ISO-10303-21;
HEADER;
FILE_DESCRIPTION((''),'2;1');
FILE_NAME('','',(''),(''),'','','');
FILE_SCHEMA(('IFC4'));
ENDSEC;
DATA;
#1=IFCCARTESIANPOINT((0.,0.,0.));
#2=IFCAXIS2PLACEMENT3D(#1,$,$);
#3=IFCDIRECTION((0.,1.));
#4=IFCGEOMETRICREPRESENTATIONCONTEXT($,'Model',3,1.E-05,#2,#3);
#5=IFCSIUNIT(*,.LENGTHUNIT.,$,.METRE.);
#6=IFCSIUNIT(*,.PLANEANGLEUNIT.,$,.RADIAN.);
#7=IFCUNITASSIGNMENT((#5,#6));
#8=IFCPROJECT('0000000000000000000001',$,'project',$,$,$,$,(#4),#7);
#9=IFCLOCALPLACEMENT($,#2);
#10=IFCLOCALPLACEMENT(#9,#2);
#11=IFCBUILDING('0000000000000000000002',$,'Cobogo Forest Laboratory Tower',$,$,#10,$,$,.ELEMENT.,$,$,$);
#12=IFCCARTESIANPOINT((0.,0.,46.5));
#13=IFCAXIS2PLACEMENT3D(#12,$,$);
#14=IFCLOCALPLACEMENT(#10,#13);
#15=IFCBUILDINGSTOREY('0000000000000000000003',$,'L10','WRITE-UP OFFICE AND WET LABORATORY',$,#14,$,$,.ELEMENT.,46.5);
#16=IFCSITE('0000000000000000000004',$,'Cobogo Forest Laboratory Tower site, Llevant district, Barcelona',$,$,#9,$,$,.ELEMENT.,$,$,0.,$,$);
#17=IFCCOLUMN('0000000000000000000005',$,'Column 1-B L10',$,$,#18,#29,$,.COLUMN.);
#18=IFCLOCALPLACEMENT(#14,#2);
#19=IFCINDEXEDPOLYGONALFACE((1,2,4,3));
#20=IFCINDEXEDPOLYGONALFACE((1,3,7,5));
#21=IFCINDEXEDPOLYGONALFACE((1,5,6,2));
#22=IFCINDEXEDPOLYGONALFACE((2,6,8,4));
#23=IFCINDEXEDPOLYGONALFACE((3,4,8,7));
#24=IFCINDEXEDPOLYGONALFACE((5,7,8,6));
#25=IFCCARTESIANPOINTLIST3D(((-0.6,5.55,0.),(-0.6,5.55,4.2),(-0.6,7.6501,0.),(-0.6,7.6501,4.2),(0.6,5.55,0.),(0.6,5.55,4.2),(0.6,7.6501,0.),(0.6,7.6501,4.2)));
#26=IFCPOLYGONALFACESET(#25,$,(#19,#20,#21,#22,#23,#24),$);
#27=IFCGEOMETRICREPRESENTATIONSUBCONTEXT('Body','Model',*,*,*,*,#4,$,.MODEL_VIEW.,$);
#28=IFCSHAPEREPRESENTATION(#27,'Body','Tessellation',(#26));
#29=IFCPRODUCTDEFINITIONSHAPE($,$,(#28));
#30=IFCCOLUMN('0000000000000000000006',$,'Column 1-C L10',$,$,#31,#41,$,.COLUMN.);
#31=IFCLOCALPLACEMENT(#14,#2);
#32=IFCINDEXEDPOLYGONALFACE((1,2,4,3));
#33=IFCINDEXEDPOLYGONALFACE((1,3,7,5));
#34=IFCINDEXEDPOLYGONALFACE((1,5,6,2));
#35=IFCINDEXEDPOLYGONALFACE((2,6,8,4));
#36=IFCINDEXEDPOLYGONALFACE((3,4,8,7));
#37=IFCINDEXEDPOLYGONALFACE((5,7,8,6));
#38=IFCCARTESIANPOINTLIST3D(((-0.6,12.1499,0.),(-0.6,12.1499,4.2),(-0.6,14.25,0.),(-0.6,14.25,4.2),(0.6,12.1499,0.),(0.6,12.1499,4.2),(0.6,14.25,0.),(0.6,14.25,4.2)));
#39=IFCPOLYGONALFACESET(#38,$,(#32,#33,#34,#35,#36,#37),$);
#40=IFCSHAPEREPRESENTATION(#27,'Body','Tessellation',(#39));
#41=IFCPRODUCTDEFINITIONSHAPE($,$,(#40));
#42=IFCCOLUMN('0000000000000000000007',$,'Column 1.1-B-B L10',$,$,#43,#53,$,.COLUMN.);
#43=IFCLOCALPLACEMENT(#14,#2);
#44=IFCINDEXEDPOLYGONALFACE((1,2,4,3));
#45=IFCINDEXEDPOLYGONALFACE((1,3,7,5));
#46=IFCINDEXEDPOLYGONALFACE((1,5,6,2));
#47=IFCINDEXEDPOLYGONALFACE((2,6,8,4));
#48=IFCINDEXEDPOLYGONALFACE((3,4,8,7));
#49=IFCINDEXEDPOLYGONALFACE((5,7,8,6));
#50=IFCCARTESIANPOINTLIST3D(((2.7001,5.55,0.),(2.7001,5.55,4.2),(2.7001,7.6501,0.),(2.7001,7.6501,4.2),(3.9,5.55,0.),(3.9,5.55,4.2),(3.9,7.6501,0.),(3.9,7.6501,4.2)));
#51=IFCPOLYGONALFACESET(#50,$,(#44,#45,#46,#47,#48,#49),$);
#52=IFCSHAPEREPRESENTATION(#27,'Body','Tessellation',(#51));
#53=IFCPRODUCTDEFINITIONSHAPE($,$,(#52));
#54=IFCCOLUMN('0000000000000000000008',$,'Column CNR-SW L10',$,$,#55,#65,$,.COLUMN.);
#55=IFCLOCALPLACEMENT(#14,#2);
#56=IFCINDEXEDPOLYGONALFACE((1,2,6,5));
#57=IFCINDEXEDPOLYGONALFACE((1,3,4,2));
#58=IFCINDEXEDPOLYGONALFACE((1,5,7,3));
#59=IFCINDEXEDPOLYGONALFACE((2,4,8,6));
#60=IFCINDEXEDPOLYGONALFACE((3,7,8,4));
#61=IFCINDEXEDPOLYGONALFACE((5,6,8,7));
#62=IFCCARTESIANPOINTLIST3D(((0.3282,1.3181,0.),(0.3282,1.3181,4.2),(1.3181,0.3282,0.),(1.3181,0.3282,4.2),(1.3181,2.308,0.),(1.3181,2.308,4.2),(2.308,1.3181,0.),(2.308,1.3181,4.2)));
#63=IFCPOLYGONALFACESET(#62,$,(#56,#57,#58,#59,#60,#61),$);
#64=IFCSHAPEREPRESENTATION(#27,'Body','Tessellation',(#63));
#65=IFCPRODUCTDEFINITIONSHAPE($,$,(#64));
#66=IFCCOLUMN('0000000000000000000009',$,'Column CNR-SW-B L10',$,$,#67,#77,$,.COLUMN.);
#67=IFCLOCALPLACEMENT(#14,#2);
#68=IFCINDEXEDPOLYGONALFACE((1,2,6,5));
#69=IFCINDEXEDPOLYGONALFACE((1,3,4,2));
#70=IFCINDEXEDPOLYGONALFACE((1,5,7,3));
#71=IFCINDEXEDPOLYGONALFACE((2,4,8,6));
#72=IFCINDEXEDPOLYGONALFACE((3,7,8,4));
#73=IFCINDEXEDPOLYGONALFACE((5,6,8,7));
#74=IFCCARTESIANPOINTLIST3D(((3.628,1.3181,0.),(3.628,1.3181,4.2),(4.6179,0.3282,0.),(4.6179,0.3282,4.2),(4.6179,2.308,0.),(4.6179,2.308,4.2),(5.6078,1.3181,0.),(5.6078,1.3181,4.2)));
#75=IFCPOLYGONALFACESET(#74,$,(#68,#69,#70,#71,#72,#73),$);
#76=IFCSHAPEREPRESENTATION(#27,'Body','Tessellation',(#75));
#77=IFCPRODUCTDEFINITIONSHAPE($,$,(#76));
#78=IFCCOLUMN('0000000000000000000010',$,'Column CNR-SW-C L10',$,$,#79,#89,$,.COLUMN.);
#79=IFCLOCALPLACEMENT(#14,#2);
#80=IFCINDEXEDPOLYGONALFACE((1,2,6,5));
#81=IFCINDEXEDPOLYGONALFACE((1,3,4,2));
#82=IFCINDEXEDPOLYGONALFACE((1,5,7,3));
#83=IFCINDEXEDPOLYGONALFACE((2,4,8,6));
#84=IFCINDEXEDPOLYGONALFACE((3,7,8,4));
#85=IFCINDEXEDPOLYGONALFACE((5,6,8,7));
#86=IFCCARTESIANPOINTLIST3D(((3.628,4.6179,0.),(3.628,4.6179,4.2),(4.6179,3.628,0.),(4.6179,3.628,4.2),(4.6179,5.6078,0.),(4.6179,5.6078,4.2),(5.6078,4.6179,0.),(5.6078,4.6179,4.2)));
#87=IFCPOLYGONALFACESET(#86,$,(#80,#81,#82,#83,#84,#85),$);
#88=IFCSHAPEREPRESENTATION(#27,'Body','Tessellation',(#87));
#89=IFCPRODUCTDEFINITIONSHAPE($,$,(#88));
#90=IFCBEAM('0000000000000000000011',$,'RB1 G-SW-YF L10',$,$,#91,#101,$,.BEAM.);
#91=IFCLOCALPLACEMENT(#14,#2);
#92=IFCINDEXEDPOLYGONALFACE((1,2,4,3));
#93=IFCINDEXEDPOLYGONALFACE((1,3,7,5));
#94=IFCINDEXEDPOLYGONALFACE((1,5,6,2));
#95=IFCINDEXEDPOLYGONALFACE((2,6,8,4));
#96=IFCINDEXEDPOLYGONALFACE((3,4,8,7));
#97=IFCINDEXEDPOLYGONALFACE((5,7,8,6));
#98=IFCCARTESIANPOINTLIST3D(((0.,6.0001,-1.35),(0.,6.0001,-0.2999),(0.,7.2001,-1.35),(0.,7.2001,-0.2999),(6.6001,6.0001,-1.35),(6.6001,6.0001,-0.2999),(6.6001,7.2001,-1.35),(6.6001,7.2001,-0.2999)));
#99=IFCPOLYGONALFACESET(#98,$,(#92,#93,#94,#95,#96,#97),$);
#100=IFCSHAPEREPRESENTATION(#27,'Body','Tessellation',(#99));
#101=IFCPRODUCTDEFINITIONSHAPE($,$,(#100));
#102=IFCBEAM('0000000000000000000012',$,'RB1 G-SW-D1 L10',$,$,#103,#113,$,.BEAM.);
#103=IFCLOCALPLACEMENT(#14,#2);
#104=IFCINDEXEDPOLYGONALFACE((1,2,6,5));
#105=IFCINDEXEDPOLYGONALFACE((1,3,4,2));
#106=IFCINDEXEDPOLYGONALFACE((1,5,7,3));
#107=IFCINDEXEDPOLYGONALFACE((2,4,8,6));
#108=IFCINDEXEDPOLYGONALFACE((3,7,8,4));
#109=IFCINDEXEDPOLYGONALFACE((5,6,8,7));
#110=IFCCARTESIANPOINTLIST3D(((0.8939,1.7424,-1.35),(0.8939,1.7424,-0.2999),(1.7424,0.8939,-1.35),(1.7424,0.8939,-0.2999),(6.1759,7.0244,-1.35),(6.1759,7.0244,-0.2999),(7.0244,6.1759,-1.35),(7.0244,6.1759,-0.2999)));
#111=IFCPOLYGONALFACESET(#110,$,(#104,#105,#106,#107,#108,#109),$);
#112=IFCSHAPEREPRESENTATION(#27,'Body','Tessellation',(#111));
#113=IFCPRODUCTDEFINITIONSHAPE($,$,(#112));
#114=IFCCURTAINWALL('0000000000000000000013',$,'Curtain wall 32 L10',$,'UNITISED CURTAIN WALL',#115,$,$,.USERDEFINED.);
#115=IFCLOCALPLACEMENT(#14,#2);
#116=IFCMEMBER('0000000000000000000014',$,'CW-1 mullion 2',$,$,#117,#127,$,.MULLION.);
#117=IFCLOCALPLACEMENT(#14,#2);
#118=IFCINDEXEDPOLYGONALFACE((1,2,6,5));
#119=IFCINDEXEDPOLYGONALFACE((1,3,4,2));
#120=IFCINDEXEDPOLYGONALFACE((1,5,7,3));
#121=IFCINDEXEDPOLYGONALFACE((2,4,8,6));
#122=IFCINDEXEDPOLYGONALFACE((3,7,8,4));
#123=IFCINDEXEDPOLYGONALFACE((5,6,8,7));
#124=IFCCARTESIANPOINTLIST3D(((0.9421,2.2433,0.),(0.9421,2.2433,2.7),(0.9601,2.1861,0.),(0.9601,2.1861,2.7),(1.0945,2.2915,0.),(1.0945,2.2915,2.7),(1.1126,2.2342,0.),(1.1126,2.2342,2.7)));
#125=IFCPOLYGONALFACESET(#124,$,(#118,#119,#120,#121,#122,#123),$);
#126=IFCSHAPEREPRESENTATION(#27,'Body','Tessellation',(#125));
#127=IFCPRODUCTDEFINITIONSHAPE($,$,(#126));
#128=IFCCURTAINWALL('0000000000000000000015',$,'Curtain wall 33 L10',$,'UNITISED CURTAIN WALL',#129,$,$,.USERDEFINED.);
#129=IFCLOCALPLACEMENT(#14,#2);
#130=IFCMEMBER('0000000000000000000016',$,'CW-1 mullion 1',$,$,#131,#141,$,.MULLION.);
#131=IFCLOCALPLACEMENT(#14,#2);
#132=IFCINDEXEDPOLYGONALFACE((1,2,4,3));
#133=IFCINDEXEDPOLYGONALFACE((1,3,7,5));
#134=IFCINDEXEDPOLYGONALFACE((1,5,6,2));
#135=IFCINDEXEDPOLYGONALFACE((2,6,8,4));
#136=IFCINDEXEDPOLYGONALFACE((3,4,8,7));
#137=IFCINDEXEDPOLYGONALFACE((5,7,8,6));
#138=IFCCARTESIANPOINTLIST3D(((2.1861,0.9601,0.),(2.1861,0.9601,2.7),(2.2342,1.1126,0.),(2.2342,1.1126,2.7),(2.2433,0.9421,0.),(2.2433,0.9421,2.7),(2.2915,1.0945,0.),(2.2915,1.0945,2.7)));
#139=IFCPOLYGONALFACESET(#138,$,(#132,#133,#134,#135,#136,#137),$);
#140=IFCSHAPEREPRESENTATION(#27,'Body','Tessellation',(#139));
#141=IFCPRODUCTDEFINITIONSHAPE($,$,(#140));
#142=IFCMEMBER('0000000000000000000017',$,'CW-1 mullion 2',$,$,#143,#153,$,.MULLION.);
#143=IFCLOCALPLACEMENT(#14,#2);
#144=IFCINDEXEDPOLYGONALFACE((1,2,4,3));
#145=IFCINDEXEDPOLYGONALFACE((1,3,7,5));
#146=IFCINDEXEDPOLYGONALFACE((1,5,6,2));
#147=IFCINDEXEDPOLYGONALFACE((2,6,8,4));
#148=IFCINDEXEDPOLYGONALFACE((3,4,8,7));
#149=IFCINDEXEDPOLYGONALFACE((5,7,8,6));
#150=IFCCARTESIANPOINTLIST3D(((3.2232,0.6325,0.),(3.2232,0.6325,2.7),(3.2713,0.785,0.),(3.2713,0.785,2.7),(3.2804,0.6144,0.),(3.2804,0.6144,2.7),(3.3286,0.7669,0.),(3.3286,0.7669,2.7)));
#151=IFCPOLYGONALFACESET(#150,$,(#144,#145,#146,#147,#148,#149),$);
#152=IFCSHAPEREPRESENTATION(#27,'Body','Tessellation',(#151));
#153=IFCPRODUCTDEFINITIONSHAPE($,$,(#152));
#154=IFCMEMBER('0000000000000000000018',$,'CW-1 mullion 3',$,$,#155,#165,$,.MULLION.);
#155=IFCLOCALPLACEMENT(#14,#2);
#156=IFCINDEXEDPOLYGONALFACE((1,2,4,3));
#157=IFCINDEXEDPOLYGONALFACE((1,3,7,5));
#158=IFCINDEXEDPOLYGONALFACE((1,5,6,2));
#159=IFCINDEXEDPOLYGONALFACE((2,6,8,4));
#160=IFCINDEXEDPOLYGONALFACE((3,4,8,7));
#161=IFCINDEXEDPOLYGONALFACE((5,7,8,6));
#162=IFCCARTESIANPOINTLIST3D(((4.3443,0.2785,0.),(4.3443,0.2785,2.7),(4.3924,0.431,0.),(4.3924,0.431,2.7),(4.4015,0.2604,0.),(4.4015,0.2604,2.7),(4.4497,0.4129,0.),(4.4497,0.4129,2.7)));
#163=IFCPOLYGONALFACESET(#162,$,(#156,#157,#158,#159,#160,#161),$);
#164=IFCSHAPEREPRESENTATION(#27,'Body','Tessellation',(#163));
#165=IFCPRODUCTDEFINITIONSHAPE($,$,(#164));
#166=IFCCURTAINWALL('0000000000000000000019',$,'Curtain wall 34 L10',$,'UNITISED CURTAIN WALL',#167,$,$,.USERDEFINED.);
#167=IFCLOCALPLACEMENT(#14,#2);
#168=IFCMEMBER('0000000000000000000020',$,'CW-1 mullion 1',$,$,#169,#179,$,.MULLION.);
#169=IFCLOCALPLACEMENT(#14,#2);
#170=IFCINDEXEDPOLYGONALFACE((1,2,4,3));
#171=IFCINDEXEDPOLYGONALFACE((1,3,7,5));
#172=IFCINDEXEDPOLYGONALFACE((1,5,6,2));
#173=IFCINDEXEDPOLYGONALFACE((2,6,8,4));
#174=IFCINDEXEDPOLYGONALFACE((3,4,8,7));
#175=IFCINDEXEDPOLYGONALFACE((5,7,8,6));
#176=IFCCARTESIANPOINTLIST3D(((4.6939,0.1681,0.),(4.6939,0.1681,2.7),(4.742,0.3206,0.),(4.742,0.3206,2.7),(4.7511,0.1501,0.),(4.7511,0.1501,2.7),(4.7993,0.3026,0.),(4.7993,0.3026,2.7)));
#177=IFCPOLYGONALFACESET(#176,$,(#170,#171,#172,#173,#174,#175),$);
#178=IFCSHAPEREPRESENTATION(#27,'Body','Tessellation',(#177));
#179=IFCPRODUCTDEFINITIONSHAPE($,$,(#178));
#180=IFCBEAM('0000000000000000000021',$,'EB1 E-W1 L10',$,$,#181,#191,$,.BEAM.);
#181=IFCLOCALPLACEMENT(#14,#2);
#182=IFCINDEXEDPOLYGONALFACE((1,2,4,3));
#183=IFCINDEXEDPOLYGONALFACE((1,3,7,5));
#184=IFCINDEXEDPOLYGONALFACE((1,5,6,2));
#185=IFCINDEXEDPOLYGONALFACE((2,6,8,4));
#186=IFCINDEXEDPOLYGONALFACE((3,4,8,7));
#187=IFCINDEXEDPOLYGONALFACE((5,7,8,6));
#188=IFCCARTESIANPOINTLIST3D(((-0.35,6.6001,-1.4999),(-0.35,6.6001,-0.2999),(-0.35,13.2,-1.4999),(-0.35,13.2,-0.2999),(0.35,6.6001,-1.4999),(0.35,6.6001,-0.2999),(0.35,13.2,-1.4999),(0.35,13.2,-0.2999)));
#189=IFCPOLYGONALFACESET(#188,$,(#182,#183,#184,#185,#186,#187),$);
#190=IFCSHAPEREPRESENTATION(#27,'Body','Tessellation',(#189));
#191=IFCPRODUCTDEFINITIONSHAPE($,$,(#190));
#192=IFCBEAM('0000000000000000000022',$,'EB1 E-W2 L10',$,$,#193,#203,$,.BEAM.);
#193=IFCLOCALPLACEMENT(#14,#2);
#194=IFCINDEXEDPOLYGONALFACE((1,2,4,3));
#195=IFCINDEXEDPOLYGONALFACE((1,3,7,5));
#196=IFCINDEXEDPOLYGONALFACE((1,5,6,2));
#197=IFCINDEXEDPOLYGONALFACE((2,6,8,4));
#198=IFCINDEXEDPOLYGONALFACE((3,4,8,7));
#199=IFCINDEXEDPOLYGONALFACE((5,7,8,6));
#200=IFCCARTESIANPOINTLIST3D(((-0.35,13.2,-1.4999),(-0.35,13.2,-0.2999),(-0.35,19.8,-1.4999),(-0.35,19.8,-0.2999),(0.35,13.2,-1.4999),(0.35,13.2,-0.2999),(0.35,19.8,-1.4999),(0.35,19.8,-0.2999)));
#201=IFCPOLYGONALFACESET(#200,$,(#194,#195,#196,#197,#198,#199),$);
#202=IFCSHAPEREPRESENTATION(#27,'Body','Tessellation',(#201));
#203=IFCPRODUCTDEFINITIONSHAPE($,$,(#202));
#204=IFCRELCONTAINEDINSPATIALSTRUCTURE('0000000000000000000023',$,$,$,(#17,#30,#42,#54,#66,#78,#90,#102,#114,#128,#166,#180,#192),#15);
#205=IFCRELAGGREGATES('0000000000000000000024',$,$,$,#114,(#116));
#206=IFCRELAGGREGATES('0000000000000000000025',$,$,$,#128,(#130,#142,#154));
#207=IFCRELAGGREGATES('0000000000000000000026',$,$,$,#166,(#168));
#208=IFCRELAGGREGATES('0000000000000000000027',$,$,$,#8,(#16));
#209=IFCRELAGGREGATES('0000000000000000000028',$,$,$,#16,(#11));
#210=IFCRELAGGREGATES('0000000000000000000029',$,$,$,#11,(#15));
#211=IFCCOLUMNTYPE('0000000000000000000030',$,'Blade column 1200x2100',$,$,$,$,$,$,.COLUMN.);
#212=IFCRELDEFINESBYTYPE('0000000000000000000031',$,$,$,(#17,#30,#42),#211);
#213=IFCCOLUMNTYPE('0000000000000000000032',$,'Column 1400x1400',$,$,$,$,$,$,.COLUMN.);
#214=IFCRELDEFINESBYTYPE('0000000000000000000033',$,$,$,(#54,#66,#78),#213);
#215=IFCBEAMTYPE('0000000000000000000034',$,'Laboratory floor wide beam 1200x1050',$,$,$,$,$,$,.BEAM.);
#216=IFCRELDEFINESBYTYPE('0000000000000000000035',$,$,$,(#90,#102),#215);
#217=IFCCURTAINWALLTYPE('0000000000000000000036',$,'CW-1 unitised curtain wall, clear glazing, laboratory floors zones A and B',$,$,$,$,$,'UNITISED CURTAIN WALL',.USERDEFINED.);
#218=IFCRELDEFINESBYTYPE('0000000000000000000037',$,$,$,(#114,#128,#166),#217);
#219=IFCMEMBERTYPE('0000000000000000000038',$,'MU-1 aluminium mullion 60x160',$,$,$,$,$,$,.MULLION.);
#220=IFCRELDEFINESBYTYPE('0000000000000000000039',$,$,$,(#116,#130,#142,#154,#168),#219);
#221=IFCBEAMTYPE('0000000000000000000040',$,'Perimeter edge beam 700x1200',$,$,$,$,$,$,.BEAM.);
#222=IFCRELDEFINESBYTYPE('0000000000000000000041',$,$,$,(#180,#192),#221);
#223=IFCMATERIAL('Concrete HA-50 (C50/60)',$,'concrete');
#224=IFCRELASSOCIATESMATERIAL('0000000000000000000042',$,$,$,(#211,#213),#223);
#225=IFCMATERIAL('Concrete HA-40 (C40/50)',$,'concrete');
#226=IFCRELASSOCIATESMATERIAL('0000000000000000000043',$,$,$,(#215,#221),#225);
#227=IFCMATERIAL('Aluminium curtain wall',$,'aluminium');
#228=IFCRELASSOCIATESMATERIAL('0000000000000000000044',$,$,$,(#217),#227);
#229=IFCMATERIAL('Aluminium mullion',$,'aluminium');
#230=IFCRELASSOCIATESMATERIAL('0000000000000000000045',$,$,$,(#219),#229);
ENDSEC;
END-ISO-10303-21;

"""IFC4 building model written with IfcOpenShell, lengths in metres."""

from ifc_helpers import new_model, si_unit, direction, frame, origin, origin_2d, place, context, subcontext, project, spatial, rectangle, extrude, material, material_profile, profile_set, type_object, element, aggregate, save


model = new_model("IFC4")

# Units and contexts
model_context = context("Model", 3, precision=1e-05, world=origin(), true_north=direction((0.0, 1.0)))
body_context = subcontext(model_context, "Body", "Model", "MODEL_VIEW")
ifc_project = project(units=[si_unit("LENGTHUNIT", "METRE"), si_unit("PLANEANGLEUNIT", "RADIAN")], contexts=[model_context])

# Site, building, storey
site_placement = place(None, origin())
site = spatial("IfcSite", under=ifc_project, at=site_placement, Name="Cobogo Forest Laboratory Tower site, Llevant district, Barcelona", CompositionType="ELEMENT", RefElevation=0.0)
building_placement = place(site_placement, origin())
building = spatial("IfcBuilding", under=site, at=building_placement, Name="Cobogo Forest Laboratory Tower", CompositionType="ELEMENT")
storey_placement = place(building_placement, frame((0.0, 0.0, 46.5)))
storey = spatial("IfcBuildingStorey", under=building, at=storey_placement, Name="L10", Description="WRITE-UP OFFICE AND WET LABORATORY", CompositionType="ELEMENT", Elevation=46.5)

# Columns
ifc_material_1 = material(Name="Concrete HA-50 (C50/60)", Category="concrete")
ifc_material_profile_1 = material_profile(ifc_material_1, rectangle(XDim=2.1001, YDim=1.2, at=origin_2d()), Name="RC 1200x2100")
ifc_profile_set_1 = profile_set([ifc_material_profile_1], Name="Concrete HA-50 (C50/60)")
column_type_1 = type_object("IfcColumnType", Name="Blade column 1200x2100", PredefinedType="COLUMN", material=ifc_profile_set_1)
for number, where, z_axis, x_axis, name in (
    (1, (0.0, 6.6001, 0.0), (0.0, 0.0, 1.0), (0.0, 1.0, 0.0), "Column 1-B L10"),
    (2, (0.0, 13.2, 0.0), (0.0, 0.0, 1.0), (0.0, 1.0, 0.0), "Column 1-C L10"),
    (3, (3.3, 6.6001, 0.0), (0.0, 0.0, 1.0), (0.0, 1.0, 0.0), "Column 1.1-B-B L10"),
):
    element("IfcColumn", number, at=place(storey_placement, frame(where, z_axis=z_axis, x_axis=x_axis)), inside=storey, type_object=column_type_1, Name=name, PredefinedType="COLUMN", context=body_context, shape_type="SweptSolid", body=[
        extrude(rectangle(XDim=2.1001, YDim=1.2, at=origin_2d()), origin(), (0.0, 0.0, 1.0), 4.2),
    ])
ifc_material_profile_2 = material_profile(ifc_material_1, rectangle(XDim=1.3999, YDim=1.3999, at=origin_2d()), Name="RC 1400x1400")
ifc_profile_set_2 = profile_set([ifc_material_profile_2], Name="Concrete HA-50 (C50/60)")
column_type_2 = type_object("IfcColumnType", Name="Column 1400x1400", PredefinedType="COLUMN", material=ifc_profile_set_2)
for number, where, z_axis, x_axis, name in (
    (4, (1.3181, 1.3181, 0.0), (0.0, 0.0, 1.0), (0.707107, 0.707107, 0.0), "Column CNR-SW L10"),
    (5, (4.6179, 1.3181, 0.0), (0.0, 0.0, 1.0), (0.707107, 0.707107, 0.0), "Column CNR-SW-B L10"),
    (6, (4.6179, 4.6179, 0.0), (0.0, 0.0, 1.0), (0.707107, 0.707107, 0.0), "Column CNR-SW-C L10"),
):
    element("IfcColumn", number, at=place(storey_placement, frame(where, z_axis=z_axis, x_axis=x_axis)), inside=storey, type_object=column_type_2, Name=name, PredefinedType="COLUMN", context=body_context, shape_type="SweptSolid", body=[
        extrude(rectangle(XDim=1.3999, YDim=1.3999, at=origin_2d()), origin(), (0.0, 0.0, 1.0), 4.2),
    ])

# Beams
ifc_material_2 = material(Name="Concrete HA-40 (C40/50)", Category="concrete")
ifc_material_profile_3 = material_profile(ifc_material_2, rectangle(XDim=1.2, YDim=1.05, at=origin_2d()), Name="RC 1200x1050")
ifc_profile_set_3 = profile_set([ifc_material_profile_3], Name="Concrete HA-40 (C40/50)")
beam_type_1 = type_object("IfcBeamType", Name="Laboratory floor wide beam 1200x1050", PredefinedType="BEAM", material=ifc_profile_set_3)
beam_1_placement = place(storey_placement, frame((0.0, 6.6001, -0.825), z_axis=(1.0, 0.0, 0.0), x_axis=(0.0, 1.0, 0.0)))
element("IfcBeam", 7, at=beam_1_placement, inside=storey, type_object=beam_type_1, Name="RB1 G-SW-YF L10", PredefinedType="BEAM", context=body_context, shape_type="SweptSolid", body=[
    extrude(rectangle(XDim=1.2, YDim=1.05, at=origin_2d()), origin(), (0.0, 0.0, 1.0), 6.6001),
])
beam_2_placement = place(storey_placement, frame((1.3181, 1.3181, -0.825), z_axis=(0.707107, 0.707107, 0.0), x_axis=(-0.707107, 0.707107, 0.0)))
element("IfcBeam", 8, at=beam_2_placement, inside=storey, type_object=beam_type_1, Name="RB1 G-SW-D1 L10", PredefinedType="BEAM", context=body_context, shape_type="SweptSolid", body=[
    extrude(rectangle(XDim=1.2, YDim=1.05, at=origin_2d()), origin(), (0.0, 0.0, 1.0), 7.47),
])

# Curtain wall, member
ifc_material_3 = material(Name="Aluminium curtain wall", Category="aluminium")
curtain_wall_type = type_object("IfcCurtainWallType", Name="CW-1 unitised curtain wall, clear glazing, laboratory floors zones A and B", ElementType="UNITISED CURTAIN WALL", PredefinedType="USERDEFINED", material=ifc_material_3)
curtain_wall_1_placement = place(storey_placement, origin())
curtain_wall_1 = element("IfcCurtainWall", 9, at=curtain_wall_1_placement, inside=storey, type_object=curtain_wall_type, Name="Curtain wall 32 L10", ObjectType="UNITISED CURTAIN WALL", PredefinedType="USERDEFINED")
ifc_material_4 = material(Name="Aluminium mullion", Category="aluminium")
ifc_material_profile_4 = material_profile(ifc_material_4, rectangle(XDim=0.0601, YDim=0.1599, at=origin_2d()), Name="AL 60x160")
ifc_profile_set_4 = profile_set([ifc_material_profile_4], Name="Aluminium mullion")
member_type_1 = type_object("IfcMemberType", Name="MU-1 aluminium mullion 60x160", PredefinedType="MULLION", material=ifc_profile_set_4)
member_1_placement = place(storey_placement, frame((1.0273, 2.2388, 0.0), z_axis=(0.0, 0.0, 1.0), x_axis=(0.301135, -0.953581, 0.0)))
member_1 = element("IfcMember", 10, at=member_1_placement, type_object=member_type_1, Name="CW-1 mullion 2", PredefinedType="MULLION", context=body_context, shape_type="SweptSolid", body=[
    extrude(rectangle(XDim=0.0601, YDim=0.1599, at=origin_2d()), origin(), (0.0, 0.0, 1.0), 2.7),
])

# Curtain wall, members
curtain_wall_2_placement = place(storey_placement, origin())
curtain_wall_2 = element("IfcCurtainWall", 11, at=curtain_wall_2_placement, inside=storey, type_object=curtain_wall_type, Name="Curtain wall 33 L10", ObjectType="UNITISED CURTAIN WALL", PredefinedType="USERDEFINED")
member_2_placement = place(storey_placement, frame((2.2388, 1.0273, 0.0), z_axis=(0.0, 0.0, 1.0), x_axis=(0.953581, -0.301135, 0.0)))
member_2 = element("IfcMember", 12, at=member_2_placement, type_object=member_type_1, Name="CW-1 mullion 1", PredefinedType="MULLION", context=body_context, shape_type="SweptSolid", body=[
    extrude(rectangle(XDim=0.0601, YDim=0.1599, at=origin_2d()), origin(), (0.0, 0.0, 1.0), 2.7),
])
member_3_placement = place(storey_placement, frame((3.2759, 0.6997, 0.0), z_axis=(0.0, 0.0, 1.0), x_axis=(0.953581, -0.301135, 0.0)))
member_3 = element("IfcMember", 13, at=member_3_placement, type_object=member_type_1, Name="CW-1 mullion 2", PredefinedType="MULLION", context=body_context, shape_type="SweptSolid", body=[
    extrude(rectangle(XDim=0.0601, YDim=0.1599, at=origin_2d()), origin(), (0.0, 0.0, 1.0), 2.7),
])
member_4_placement = place(storey_placement, frame((4.397, 0.3457, 0.0), z_axis=(0.0, 0.0, 1.0), x_axis=(0.953581, -0.301135, 0.0)))
member_4 = element("IfcMember", 14, at=member_4_placement, type_object=member_type_1, Name="CW-1 mullion 3", PredefinedType="MULLION", context=body_context, shape_type="SweptSolid", body=[
    extrude(rectangle(XDim=0.0601, YDim=0.1599, at=origin_2d()), origin(), (0.0, 0.0, 1.0), 2.7),
])

# Curtain wall, member
curtain_wall_3_placement = place(storey_placement, origin())
curtain_wall_3 = element("IfcCurtainWall", 15, at=curtain_wall_3_placement, inside=storey, type_object=curtain_wall_type, Name="Curtain wall 34 L10", ObjectType="UNITISED CURTAIN WALL", PredefinedType="USERDEFINED")
member_5_placement = place(storey_placement, frame((4.7466, 0.2354, 0.0), z_axis=(0.0, 0.0, 1.0), x_axis=(0.953582, -0.301135, 0.0)))
member_5 = element("IfcMember", 16, at=member_5_placement, type_object=member_type_1, Name="CW-1 mullion 1", PredefinedType="MULLION", context=body_context, shape_type="SweptSolid", body=[
    extrude(rectangle(XDim=0.0601, YDim=0.1599, at=origin_2d()), origin(), (0.0, 0.0, 1.0), 2.7),
])

# Beams
ifc_material_profile_5 = material_profile(ifc_material_2, rectangle(XDim=0.7, YDim=1.2, at=origin_2d()), Name="RC 700x1200")
ifc_profile_set_5 = profile_set([ifc_material_profile_5], Name="Concrete HA-40 (C40/50)")
beam_type_2 = type_object("IfcBeamType", Name="Perimeter edge beam 700x1200", PredefinedType="BEAM", material=ifc_profile_set_5)
beam_3_placement = place(storey_placement, frame((0.0, 6.6001, -0.8999), z_axis=(0.0, 1.0, 0.0), x_axis=(-1.0, 0.0, 0.0)))
element("IfcBeam", 17, at=beam_3_placement, inside=storey, type_object=beam_type_2, Name="EB1 E-W1 L10", PredefinedType="BEAM", context=body_context, shape_type="SweptSolid", body=[
    extrude(rectangle(XDim=0.7, YDim=1.2, at=origin_2d()), origin(), (0.0, 0.0, 1.0), 6.5999),
])
beam_4_placement = place(storey_placement, frame((0.0, 13.2, -0.8999), z_axis=(0.0, 1.0, 0.0), x_axis=(-1.0, 0.0, 0.0)))
element("IfcBeam", 18, at=beam_4_placement, inside=storey, type_object=beam_type_2, Name="EB1 E-W2 L10", PredefinedType="BEAM", context=body_context, shape_type="SweptSolid", body=[
    extrude(rectangle(XDim=0.7, YDim=1.2, at=origin_2d()), origin(), (0.0, 0.0, 1.0), 6.6001),
])

aggregate(curtain_wall_1, [member_1])
aggregate(curtain_wall_2, [member_2, member_3, member_4])
aggregate(curtain_wall_3, [member_5])

save(model, "model.ifc")
